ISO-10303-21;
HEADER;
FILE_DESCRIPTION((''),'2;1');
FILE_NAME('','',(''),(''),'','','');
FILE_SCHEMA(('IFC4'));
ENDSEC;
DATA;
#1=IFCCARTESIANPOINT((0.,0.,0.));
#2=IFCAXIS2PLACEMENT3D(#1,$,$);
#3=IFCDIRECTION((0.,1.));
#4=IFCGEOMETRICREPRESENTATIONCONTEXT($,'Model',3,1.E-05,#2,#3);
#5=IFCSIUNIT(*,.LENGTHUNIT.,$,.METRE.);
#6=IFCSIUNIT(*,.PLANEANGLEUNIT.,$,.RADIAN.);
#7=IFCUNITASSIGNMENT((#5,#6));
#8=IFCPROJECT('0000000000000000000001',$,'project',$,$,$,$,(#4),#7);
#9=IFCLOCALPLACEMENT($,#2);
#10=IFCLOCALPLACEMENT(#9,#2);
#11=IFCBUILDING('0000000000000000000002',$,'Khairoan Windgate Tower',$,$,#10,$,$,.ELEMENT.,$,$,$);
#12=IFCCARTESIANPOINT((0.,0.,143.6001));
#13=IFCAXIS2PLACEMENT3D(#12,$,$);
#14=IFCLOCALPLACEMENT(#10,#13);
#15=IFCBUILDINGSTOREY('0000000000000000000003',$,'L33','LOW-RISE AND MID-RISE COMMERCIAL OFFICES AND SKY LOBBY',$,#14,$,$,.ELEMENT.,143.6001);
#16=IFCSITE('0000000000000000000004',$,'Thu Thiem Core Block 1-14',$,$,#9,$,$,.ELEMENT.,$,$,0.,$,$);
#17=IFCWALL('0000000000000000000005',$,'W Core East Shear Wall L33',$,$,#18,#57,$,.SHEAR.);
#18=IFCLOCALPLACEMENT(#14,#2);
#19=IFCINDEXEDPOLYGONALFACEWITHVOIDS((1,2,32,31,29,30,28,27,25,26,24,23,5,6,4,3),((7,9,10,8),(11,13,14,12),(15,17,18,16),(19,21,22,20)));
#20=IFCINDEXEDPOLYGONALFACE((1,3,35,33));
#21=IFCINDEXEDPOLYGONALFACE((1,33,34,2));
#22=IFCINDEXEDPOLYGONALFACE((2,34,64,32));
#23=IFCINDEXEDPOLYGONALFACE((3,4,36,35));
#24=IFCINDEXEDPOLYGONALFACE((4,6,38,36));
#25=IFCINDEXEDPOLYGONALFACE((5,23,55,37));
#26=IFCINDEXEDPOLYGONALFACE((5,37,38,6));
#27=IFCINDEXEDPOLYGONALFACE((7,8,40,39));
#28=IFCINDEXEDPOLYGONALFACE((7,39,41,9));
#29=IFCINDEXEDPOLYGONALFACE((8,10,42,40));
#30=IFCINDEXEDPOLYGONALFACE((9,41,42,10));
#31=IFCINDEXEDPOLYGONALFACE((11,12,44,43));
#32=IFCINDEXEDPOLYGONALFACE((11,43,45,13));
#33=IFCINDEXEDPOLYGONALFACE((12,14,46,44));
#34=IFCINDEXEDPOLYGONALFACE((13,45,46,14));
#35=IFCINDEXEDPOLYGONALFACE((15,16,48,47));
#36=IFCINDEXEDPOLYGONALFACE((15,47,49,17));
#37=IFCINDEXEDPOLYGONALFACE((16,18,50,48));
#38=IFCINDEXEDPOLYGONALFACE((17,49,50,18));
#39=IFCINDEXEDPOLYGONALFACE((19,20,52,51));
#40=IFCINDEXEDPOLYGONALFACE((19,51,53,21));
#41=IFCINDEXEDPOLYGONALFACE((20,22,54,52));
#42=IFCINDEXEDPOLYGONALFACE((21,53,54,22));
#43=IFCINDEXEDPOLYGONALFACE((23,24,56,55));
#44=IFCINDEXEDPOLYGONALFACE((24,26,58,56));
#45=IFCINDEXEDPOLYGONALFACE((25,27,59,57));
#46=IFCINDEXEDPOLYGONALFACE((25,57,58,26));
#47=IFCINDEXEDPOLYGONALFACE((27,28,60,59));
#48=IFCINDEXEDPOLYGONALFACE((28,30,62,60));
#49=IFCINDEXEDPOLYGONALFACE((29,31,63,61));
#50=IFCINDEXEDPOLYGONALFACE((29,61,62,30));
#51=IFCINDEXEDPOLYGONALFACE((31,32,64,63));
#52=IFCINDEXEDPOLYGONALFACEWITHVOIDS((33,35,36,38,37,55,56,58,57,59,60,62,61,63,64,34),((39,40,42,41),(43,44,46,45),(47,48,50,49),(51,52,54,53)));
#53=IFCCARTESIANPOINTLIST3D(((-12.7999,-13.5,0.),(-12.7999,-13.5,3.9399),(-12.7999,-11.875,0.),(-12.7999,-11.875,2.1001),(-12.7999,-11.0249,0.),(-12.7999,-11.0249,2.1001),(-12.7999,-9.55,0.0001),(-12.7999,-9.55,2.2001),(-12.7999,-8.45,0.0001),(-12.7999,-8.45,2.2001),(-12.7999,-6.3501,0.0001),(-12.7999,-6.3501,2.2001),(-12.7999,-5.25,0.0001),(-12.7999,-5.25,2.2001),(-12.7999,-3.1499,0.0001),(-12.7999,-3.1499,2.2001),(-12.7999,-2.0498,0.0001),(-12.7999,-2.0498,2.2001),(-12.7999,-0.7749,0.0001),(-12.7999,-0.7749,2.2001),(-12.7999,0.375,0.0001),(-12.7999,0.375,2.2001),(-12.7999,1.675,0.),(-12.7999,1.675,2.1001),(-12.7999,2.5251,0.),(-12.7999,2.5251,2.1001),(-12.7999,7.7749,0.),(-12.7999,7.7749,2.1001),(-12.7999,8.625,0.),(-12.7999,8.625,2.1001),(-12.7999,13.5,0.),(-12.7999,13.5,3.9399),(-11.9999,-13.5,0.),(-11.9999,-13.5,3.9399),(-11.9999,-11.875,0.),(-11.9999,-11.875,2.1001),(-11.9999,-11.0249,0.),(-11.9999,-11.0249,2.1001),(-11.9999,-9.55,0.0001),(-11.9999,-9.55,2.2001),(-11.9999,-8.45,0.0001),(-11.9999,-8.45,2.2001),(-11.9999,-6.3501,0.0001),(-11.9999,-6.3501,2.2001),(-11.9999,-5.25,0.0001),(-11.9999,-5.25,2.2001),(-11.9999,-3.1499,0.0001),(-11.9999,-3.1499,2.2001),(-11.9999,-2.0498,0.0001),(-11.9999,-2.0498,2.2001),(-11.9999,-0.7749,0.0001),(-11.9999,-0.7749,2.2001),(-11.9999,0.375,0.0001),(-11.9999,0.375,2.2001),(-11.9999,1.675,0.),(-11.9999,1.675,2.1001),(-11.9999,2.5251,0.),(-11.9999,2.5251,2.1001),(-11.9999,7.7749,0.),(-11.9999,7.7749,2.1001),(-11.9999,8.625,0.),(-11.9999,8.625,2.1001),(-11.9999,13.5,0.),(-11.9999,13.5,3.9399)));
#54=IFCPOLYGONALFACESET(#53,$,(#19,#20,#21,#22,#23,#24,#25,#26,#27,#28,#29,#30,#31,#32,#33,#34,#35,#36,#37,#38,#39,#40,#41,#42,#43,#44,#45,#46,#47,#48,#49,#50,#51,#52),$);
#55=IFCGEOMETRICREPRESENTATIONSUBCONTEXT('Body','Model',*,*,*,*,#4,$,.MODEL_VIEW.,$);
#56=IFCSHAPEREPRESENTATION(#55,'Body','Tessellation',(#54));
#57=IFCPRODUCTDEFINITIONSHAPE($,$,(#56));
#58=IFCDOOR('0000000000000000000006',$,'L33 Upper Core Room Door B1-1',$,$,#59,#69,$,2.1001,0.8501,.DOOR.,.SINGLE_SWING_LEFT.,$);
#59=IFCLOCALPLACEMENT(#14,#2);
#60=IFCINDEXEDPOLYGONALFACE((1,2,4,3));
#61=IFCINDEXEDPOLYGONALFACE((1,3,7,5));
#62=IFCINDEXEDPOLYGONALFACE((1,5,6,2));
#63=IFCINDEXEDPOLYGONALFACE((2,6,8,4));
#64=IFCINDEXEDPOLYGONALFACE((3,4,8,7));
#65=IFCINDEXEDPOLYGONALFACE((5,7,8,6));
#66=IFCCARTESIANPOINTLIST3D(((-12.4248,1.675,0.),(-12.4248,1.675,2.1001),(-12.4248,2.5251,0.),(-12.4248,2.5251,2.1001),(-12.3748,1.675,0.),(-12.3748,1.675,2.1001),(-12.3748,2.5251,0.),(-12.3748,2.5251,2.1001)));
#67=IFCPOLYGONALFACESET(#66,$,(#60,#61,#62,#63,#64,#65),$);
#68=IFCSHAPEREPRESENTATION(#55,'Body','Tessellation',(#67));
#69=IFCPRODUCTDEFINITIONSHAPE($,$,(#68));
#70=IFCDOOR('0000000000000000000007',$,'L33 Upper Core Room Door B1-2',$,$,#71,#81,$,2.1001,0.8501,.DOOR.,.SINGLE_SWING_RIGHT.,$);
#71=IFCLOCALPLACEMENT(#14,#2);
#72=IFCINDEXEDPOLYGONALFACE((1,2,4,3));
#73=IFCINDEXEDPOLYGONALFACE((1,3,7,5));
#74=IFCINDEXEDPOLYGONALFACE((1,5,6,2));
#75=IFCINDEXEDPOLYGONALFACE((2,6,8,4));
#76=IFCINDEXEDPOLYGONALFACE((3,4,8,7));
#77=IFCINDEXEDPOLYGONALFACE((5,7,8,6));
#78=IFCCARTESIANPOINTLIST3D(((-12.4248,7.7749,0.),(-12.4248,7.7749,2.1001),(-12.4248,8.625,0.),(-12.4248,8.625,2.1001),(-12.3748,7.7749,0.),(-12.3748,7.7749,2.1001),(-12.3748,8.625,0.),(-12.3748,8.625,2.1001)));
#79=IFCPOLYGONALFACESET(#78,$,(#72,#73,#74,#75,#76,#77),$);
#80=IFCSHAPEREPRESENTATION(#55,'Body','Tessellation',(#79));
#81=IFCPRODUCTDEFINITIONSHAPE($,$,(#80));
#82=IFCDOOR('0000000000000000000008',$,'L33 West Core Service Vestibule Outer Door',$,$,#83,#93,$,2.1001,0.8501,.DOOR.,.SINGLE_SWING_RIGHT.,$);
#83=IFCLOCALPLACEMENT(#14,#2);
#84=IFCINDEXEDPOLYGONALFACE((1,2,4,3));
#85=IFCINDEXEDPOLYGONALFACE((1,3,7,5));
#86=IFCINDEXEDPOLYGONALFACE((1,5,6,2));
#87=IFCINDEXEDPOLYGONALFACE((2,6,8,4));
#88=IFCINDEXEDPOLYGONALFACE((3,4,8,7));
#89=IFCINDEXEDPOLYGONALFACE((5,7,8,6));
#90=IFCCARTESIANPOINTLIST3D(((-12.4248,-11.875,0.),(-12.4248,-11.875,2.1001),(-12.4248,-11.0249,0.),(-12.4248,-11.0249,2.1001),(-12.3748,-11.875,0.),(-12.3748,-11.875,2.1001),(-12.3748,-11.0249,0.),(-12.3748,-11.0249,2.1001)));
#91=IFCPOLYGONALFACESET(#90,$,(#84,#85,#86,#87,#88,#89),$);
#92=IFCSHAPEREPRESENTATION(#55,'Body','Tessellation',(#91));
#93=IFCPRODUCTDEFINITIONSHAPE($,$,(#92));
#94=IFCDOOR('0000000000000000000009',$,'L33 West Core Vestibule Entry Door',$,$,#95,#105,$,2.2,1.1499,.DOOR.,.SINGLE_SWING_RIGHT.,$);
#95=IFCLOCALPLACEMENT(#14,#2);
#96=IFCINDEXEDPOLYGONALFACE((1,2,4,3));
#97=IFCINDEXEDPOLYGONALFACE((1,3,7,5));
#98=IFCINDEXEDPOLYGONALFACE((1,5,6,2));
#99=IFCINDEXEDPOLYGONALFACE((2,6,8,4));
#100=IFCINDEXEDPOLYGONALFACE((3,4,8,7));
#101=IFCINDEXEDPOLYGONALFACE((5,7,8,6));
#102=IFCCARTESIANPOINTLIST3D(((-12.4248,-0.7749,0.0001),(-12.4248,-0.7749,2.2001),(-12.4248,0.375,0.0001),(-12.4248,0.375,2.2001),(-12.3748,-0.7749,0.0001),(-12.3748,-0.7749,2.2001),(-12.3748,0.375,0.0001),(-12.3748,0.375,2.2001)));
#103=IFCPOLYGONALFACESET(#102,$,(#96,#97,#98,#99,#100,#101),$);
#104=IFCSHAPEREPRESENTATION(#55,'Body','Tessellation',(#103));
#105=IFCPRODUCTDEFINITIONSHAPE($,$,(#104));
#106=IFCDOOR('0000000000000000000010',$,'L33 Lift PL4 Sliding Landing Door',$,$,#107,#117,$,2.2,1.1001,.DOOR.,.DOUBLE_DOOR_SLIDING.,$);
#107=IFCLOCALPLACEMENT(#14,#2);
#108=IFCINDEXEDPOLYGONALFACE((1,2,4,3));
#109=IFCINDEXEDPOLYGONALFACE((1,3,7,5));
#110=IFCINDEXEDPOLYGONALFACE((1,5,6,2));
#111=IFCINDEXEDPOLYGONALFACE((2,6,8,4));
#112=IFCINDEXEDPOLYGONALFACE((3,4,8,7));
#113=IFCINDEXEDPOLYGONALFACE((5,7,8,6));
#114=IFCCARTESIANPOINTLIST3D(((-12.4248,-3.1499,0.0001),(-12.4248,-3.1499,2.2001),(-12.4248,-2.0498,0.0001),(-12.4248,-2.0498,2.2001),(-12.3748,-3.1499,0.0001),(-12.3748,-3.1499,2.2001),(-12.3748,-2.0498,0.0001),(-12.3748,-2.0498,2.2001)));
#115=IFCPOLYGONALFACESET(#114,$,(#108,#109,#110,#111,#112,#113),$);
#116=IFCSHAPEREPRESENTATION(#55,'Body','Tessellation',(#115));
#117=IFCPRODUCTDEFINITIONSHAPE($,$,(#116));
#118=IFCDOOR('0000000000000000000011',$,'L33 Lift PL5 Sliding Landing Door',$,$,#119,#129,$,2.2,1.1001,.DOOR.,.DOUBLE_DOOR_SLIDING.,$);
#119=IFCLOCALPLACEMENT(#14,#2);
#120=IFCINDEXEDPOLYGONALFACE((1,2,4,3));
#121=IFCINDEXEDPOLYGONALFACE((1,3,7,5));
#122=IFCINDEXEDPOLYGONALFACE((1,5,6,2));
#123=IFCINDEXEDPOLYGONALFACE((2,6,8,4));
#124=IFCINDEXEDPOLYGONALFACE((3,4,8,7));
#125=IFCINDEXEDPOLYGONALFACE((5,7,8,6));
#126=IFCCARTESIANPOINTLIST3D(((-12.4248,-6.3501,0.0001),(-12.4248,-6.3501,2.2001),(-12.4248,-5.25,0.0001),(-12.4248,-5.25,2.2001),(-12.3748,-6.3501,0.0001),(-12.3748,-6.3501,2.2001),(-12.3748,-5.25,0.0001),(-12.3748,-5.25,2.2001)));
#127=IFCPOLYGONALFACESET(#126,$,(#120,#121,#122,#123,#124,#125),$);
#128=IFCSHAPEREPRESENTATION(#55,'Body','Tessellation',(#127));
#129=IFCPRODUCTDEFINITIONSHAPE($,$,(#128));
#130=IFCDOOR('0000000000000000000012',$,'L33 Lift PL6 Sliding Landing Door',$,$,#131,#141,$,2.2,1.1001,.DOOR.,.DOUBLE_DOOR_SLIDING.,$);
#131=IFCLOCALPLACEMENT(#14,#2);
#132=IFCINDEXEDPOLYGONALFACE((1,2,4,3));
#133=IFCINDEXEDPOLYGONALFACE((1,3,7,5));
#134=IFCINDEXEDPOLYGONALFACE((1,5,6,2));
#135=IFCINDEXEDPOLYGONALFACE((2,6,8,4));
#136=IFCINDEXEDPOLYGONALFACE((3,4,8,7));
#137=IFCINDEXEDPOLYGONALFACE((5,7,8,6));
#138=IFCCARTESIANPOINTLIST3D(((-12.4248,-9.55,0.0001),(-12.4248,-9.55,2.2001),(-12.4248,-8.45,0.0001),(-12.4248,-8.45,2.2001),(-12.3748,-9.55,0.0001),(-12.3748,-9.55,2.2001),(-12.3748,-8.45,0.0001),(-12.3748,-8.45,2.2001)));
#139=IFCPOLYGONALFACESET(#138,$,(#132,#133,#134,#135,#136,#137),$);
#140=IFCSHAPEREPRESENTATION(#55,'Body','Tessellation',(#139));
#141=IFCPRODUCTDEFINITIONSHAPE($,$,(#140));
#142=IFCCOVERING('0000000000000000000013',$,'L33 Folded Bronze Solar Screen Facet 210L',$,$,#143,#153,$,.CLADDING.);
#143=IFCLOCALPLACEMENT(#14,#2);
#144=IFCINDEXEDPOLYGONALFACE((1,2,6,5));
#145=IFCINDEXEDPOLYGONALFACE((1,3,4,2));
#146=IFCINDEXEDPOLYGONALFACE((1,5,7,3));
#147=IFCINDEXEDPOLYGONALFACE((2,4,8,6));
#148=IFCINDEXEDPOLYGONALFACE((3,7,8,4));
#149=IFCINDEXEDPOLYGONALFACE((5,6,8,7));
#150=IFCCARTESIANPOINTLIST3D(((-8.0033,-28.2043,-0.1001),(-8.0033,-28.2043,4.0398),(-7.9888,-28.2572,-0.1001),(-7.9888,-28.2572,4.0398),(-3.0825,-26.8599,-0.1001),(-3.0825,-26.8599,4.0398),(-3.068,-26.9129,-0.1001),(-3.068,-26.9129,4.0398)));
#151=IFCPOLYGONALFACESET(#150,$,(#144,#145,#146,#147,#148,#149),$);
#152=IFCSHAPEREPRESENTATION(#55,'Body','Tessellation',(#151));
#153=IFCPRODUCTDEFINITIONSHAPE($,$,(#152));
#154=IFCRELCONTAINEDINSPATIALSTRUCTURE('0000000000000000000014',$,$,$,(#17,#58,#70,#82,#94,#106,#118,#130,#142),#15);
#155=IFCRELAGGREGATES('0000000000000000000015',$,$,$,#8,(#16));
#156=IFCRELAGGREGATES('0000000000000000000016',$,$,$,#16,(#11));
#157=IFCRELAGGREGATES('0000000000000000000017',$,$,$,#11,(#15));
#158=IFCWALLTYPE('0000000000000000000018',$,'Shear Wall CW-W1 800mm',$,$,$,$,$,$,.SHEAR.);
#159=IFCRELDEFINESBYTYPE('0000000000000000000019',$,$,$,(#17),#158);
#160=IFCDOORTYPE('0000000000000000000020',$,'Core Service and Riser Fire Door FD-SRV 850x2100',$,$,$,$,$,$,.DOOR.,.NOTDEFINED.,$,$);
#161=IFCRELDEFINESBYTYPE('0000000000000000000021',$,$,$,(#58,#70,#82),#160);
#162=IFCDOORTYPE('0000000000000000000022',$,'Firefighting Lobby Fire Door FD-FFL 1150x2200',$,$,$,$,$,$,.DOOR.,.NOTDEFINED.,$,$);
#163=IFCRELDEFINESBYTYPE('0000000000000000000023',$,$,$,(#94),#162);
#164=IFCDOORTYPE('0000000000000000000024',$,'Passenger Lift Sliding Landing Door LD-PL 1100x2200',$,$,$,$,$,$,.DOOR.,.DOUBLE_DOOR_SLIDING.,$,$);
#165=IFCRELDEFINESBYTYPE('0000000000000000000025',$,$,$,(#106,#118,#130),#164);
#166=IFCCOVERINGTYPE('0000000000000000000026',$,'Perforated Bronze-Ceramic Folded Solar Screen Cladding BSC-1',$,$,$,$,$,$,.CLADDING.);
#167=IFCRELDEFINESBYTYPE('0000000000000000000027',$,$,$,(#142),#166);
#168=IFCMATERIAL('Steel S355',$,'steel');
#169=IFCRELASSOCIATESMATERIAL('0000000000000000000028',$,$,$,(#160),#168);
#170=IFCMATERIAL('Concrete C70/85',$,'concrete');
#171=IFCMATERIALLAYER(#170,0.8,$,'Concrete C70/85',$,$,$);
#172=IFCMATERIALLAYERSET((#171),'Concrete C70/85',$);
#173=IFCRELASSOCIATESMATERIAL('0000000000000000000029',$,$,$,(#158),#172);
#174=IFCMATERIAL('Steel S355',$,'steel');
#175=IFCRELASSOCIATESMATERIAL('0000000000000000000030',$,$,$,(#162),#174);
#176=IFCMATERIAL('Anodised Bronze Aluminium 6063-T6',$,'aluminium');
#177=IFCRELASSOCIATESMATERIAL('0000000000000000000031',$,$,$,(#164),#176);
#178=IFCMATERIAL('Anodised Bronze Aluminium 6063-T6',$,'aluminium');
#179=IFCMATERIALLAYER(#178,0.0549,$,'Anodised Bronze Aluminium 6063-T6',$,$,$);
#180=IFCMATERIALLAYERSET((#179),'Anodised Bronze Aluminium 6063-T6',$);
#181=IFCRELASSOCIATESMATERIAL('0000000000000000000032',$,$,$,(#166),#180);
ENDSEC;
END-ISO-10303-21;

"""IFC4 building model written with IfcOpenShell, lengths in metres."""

from ifc_helpers import new_model, si_unit, direction, frame, frame_2d, origin, origin_2d, place, context, subcontext, project, spatial, rectangle, extrude, material, layer, layer_set, type_object, element, fill, save


model = new_model("IFC4")

# Units and contexts
model_context = context("Model", 3, precision=1e-05, world=origin(), true_north=direction((0.0, 1.0)))
body_context = subcontext(model_context, "Body", "Model", "MODEL_VIEW")
ifc_project = project(units=[si_unit("LENGTHUNIT", "METRE"), si_unit("PLANEANGLEUNIT", "RADIAN")], contexts=[model_context])

# Site, building, storey
site_placement = place(None, origin())
site = spatial("IfcSite", under=ifc_project, at=site_placement, Name="Thu Thiem Core Block 1-14", CompositionType="ELEMENT", RefElevation=0.0)
building_placement = place(site_placement, origin())
building = spatial("IfcBuilding", under=site, at=building_placement, Name="Khairoan Windgate Tower", CompositionType="ELEMENT")
storey_placement = place(building_placement, frame((0.0, 0.0, 143.6001)))
storey = spatial("IfcBuildingStorey", under=building, at=storey_placement, Name="L33", Description="LOW-RISE AND MID-RISE COMMERCIAL OFFICES AND SKY LOBBY", CompositionType="ELEMENT", Elevation=143.6001)

# Shared definitions
ifc_material_1 = material(Name="Steel S355", Category="steel")
door_type_1 = type_object("IfcDoorType", Name="Core Service and Riser Fire Door FD-SRV 850x2100", OperationType="NOTDEFINED", PredefinedType="DOOR", material=ifc_material_1)

# Wall, openings, doors
ifc_material_2 = material(Name="Concrete C70/85", Category="concrete")
ifc_layer_1 = layer(ifc_material_2, 0.8, Name="Concrete C70/85")
ifc_layer_set_1 = layer_set([ifc_layer_1], Name="Concrete C70/85")
wall_type_1 = type_object("IfcWallType", Name="Shear Wall CW-W1 800mm", PredefinedType="SHEAR", material=ifc_layer_set_1)
wall_1_placement = place(storey_placement, frame((-12.3999, -13.5, 0.0), z_axis=(0.0, 0.0, 1.0), x_axis=(0.0, 1.0, 0.0)))
wall_1 = element("IfcWall", 1, at=wall_1_placement, inside=storey, type_object=wall_type_1, Name="W Core East Shear Wall L33", PredefinedType="SHEAR", context=body_context, shape_type="SweptSolid", body=[
    extrude(rectangle(XDim=27.0, YDim=0.8, at=frame_2d((13.5, 0.0))), origin(), (0.0, 0.0, 1.0), 3.9399),
])
opening_1_placement = place(wall_1_placement, frame((10.3501, 0.0, 0.0)))
opening_1 = element("IfcOpeningElement", 2, at=opening_1_placement, cuts=wall_1, PredefinedType="OPENING", context=body_context, shape_type="SweptSolid", body=[
    extrude(rectangle(XDim=1.1001, YDim=2.2, at=frame_2d((0.55, 1.1001))), frame((0.0, 0.4099, 0.0), z_axis=(0.0, -1.0, 0.0), x_axis=(1.0, 0.0, 0.0)), (0.0, 0.0, 1.0), 0.8201),
])
opening_2_placement = place(wall_1_placement, frame((7.1499, 0.0, 0.0)))
opening_2 = element("IfcOpeningElement", 3, at=opening_2_placement, cuts=wall_1, PredefinedType="OPENING", context=body_context, shape_type="SweptSolid", body=[
    extrude(rectangle(XDim=1.1001, YDim=2.2, at=frame_2d((0.55, 1.1001))), frame((0.0, 0.4099, 0.0), z_axis=(0.0, -1.0, 0.0), x_axis=(1.0, 0.0, 0.0)), (0.0, 0.0, 1.0), 0.8201),
])
opening_3_placement = place(wall_1_placement, frame((3.95, 0.0, 0.0)))
opening_3 = element("IfcOpeningElement", 4, at=opening_3_placement, cuts=wall_1, PredefinedType="OPENING", context=body_context, shape_type="SweptSolid", body=[
    extrude(rectangle(XDim=1.1001, YDim=2.2, at=frame_2d((0.55, 1.1001))), frame((0.0, 0.4099, 0.0), z_axis=(0.0, -1.0, 0.0), x_axis=(1.0, 0.0, 0.0)), (0.0, 0.0, 1.0), 0.8201),
])
opening_4_placement = place(wall_1_placement, frame((15.175, 0.0, 0.0)))
opening_4 = element("IfcOpeningElement", 5, at=opening_4_placement, cuts=wall_1, PredefinedType="OPENING", context=body_context, shape_type="SweptSolid", body=[
    extrude(rectangle(XDim=0.8501, YDim=2.1001, at=frame_2d((0.425, 1.05))), frame((0.0, 0.4099, 0.0), z_axis=(0.0, -1.0, 0.0), x_axis=(1.0, 0.0, 0.0)), (0.0, 0.0, 1.0), 0.8201),
])
opening_5_placement = place(wall_1_placement, frame((21.2749, 0.0, 0.0)))
opening_5 = element("IfcOpeningElement", 6, at=opening_5_placement, cuts=wall_1, PredefinedType="OPENING", context=body_context, shape_type="SweptSolid", body=[
    extrude(rectangle(XDim=0.8501, YDim=2.1001, at=frame_2d((0.425, 1.05))), frame((0.0, 0.4099, 0.0), z_axis=(0.0, -1.0, 0.0), x_axis=(1.0, 0.0, 0.0)), (0.0, 0.0, 1.0), 0.8201),
])
opening_6_placement = place(wall_1_placement, frame((12.7251, 0.0, 0.0)))
opening_6 = element("IfcOpeningElement", 7, at=opening_6_placement, cuts=wall_1, PredefinedType="OPENING", context=body_context, shape_type="SweptSolid", body=[
    extrude(rectangle(XDim=1.1499, YDim=2.2, at=frame_2d((0.575, 1.1001))), frame((0.0, 0.4099, 0.0), z_axis=(0.0, -1.0, 0.0), x_axis=(1.0, 0.0, 0.0)), (0.0, 0.0, 1.0), 0.8201),
])
opening_7_placement = place(wall_1_placement, frame((1.625, 0.0, 0.0)))
opening_7 = element("IfcOpeningElement", 8, at=opening_7_placement, cuts=wall_1, PredefinedType="OPENING", context=body_context, shape_type="SweptSolid", body=[
    extrude(rectangle(XDim=0.8501, YDim=2.1001, at=frame_2d((0.425, 1.05))), frame((0.0, 0.4099, 0.0), z_axis=(0.0, -1.0, 0.0), x_axis=(1.0, 0.0, 0.0)), (0.0, 0.0, 1.0), 0.8201),
])
door_1_placement = place(opening_4_placement, origin())
door_1 = element("IfcDoor", 9, at=door_1_placement, inside=storey, type_object=door_type_1, Name="L33 Upper Core Room Door B1-1", OperationType="SINGLE_SWING_LEFT", OverallHeight=2.1001, OverallWidth=0.8501, PredefinedType="DOOR", context=body_context, shape_type="SweptSolid", body=[
    extrude(rectangle(XDim=0.8501, YDim=2.1001, at=frame_2d((0.425, 1.05))), frame((0.0, 0.0249, 0.0), z_axis=(0.0, -1.0, 0.0), x_axis=(1.0, 0.0, 0.0)), (0.0, 0.0, 1.0), 0.05),
])
fill(opening_4, door_1)
door_2_placement = place(opening_5_placement, origin())
door_2 = element("IfcDoor", 10, at=door_2_placement, inside=storey, type_object=door_type_1, Name="L33 Upper Core Room Door B1-2", OperationType="SINGLE_SWING_RIGHT", OverallHeight=2.1001, OverallWidth=0.8501, PredefinedType="DOOR", context=body_context, shape_type="SweptSolid", body=[
    extrude(rectangle(XDim=0.8501, YDim=2.1001, at=frame_2d((0.425, 1.05))), frame((0.0, 0.0249, 0.0), z_axis=(0.0, -1.0, 0.0), x_axis=(1.0, 0.0, 0.0)), (0.0, 0.0, 1.0), 0.05),
])
fill(opening_5, door_2)
door_3_placement = place(opening_7_placement, origin())
door_3 = element("IfcDoor", 11, at=door_3_placement, inside=storey, type_object=door_type_1, Name="L33 West Core Service Vestibule Outer Door", OperationType="SINGLE_SWING_RIGHT", OverallHeight=2.1001, OverallWidth=0.8501, PredefinedType="DOOR", context=body_context, shape_type="SweptSolid", body=[
    extrude(rectangle(XDim=0.8501, YDim=2.1001, at=frame_2d((0.425, 1.05))), frame((0.0, 0.0249, 0.0), z_axis=(0.0, -1.0, 0.0), x_axis=(1.0, 0.0, 0.0)), (0.0, 0.0, 1.0), 0.05),
])
fill(opening_7, door_3)
ifc_material_3 = material(Name="Steel S355", Category="steel")
door_type_2 = type_object("IfcDoorType", Name="Firefighting Lobby Fire Door FD-FFL 1150x2200", OperationType="NOTDEFINED", PredefinedType="DOOR", material=ifc_material_3)
door_4_placement = place(opening_6_placement, origin())
door_4 = element("IfcDoor", 12, at=door_4_placement, inside=storey, type_object=door_type_2, Name="L33 West Core Vestibule Entry Door", OperationType="SINGLE_SWING_RIGHT", OverallHeight=2.2, OverallWidth=1.1499, PredefinedType="DOOR", context=body_context, shape_type="SweptSolid", body=[
    extrude(rectangle(XDim=1.1499, YDim=2.2, at=frame_2d((0.575, 1.1001))), frame((0.0, 0.0249, 0.0), z_axis=(0.0, -1.0, 0.0), x_axis=(1.0, 0.0, 0.0)), (0.0, 0.0, 1.0), 0.05),
])
fill(opening_6, door_4)
ifc_material_4 = material(Name="Anodised Bronze Aluminium 6063-T6", Category="aluminium")
door_type_3 = type_object("IfcDoorType", Name="Passenger Lift Sliding Landing Door LD-PL 1100x2200", OperationType="DOUBLE_DOOR_SLIDING", PredefinedType="DOOR", material=ifc_material_4)
door_5_placement = place(opening_1_placement, origin())
door_5 = element("IfcDoor", 13, at=door_5_placement, inside=storey, type_object=door_type_3, Name="L33 Lift PL4 Sliding Landing Door", OperationType="DOUBLE_DOOR_SLIDING", OverallHeight=2.2, OverallWidth=1.1001, PredefinedType="DOOR", context=body_context, shape_type="SweptSolid", body=[
    extrude(rectangle(XDim=1.1001, YDim=2.2, at=frame_2d((0.55, 1.1001))), frame((0.0, 0.0249, 0.0), z_axis=(0.0, -1.0, 0.0), x_axis=(1.0, 0.0, 0.0)), (0.0, 0.0, 1.0), 0.05),
])
fill(opening_1, door_5)
door_6_placement = place(opening_2_placement, origin())
door_6 = element("IfcDoor", 14, at=door_6_placement, inside=storey, type_object=door_type_3, Name="L33 Lift PL5 Sliding Landing Door", OperationType="DOUBLE_DOOR_SLIDING", OverallHeight=2.2, OverallWidth=1.1001, PredefinedType="DOOR", context=body_context, shape_type="SweptSolid", body=[
    extrude(rectangle(XDim=1.1001, YDim=2.2, at=frame_2d((0.55, 1.1001))), frame((0.0, 0.0249, 0.0), z_axis=(0.0, -1.0, 0.0), x_axis=(1.0, 0.0, 0.0)), (0.0, 0.0, 1.0), 0.05),
])
fill(opening_2, door_6)
door_7_placement = place(opening_3_placement, origin())
door_7 = element("IfcDoor", 15, at=door_7_placement, inside=storey, type_object=door_type_3, Name="L33 Lift PL6 Sliding Landing Door", OperationType="DOUBLE_DOOR_SLIDING", OverallHeight=2.2, OverallWidth=1.1001, PredefinedType="DOOR", context=body_context, shape_type="SweptSolid", body=[
    extrude(rectangle(XDim=1.1001, YDim=2.2, at=frame_2d((0.55, 1.1001))), frame((0.0, 0.0249, 0.0), z_axis=(0.0, -1.0, 0.0), x_axis=(1.0, 0.0, 0.0)), (0.0, 0.0, 1.0), 0.05),
])
fill(opening_3, door_7)

# Covering
ifc_material_5 = material(Name="Anodised Bronze Aluminium 6063-T6", Category="aluminium")
ifc_layer_2 = layer(ifc_material_5, 0.0549, Name="Anodised Bronze Aluminium 6063-T6")
ifc_layer_set_2 = layer_set([ifc_layer_2], Name="Anodised Bronze Aluminium 6063-T6")
covering_type = type_object("IfcCoveringType", Name="Perforated Bronze-Ceramic Folded Solar Screen Cladding BSC-1", PredefinedType="CLADDING", material=ifc_layer_set_2)
covering_placement = place(storey_placement, frame((-5.5356, -27.5586, -0.1001), z_axis=(0.0, 0.0, 1.0), x_axis=(-0.964649, -0.263536, 0.0)))
element("IfcCovering", 16, at=covering_placement, inside=storey, type_object=covering_type, Name="L33 Folded Bronze Solar Screen Facet 210L", PredefinedType="CLADDING", context=body_context, shape_type="SweptSolid", body=[
    extrude(rectangle(XDim=5.1011, YDim=0.0549, at=origin_2d()), origin(), (0.0, 0.0, 1.0), 4.1399),
])

save(model, "model.ifc")
